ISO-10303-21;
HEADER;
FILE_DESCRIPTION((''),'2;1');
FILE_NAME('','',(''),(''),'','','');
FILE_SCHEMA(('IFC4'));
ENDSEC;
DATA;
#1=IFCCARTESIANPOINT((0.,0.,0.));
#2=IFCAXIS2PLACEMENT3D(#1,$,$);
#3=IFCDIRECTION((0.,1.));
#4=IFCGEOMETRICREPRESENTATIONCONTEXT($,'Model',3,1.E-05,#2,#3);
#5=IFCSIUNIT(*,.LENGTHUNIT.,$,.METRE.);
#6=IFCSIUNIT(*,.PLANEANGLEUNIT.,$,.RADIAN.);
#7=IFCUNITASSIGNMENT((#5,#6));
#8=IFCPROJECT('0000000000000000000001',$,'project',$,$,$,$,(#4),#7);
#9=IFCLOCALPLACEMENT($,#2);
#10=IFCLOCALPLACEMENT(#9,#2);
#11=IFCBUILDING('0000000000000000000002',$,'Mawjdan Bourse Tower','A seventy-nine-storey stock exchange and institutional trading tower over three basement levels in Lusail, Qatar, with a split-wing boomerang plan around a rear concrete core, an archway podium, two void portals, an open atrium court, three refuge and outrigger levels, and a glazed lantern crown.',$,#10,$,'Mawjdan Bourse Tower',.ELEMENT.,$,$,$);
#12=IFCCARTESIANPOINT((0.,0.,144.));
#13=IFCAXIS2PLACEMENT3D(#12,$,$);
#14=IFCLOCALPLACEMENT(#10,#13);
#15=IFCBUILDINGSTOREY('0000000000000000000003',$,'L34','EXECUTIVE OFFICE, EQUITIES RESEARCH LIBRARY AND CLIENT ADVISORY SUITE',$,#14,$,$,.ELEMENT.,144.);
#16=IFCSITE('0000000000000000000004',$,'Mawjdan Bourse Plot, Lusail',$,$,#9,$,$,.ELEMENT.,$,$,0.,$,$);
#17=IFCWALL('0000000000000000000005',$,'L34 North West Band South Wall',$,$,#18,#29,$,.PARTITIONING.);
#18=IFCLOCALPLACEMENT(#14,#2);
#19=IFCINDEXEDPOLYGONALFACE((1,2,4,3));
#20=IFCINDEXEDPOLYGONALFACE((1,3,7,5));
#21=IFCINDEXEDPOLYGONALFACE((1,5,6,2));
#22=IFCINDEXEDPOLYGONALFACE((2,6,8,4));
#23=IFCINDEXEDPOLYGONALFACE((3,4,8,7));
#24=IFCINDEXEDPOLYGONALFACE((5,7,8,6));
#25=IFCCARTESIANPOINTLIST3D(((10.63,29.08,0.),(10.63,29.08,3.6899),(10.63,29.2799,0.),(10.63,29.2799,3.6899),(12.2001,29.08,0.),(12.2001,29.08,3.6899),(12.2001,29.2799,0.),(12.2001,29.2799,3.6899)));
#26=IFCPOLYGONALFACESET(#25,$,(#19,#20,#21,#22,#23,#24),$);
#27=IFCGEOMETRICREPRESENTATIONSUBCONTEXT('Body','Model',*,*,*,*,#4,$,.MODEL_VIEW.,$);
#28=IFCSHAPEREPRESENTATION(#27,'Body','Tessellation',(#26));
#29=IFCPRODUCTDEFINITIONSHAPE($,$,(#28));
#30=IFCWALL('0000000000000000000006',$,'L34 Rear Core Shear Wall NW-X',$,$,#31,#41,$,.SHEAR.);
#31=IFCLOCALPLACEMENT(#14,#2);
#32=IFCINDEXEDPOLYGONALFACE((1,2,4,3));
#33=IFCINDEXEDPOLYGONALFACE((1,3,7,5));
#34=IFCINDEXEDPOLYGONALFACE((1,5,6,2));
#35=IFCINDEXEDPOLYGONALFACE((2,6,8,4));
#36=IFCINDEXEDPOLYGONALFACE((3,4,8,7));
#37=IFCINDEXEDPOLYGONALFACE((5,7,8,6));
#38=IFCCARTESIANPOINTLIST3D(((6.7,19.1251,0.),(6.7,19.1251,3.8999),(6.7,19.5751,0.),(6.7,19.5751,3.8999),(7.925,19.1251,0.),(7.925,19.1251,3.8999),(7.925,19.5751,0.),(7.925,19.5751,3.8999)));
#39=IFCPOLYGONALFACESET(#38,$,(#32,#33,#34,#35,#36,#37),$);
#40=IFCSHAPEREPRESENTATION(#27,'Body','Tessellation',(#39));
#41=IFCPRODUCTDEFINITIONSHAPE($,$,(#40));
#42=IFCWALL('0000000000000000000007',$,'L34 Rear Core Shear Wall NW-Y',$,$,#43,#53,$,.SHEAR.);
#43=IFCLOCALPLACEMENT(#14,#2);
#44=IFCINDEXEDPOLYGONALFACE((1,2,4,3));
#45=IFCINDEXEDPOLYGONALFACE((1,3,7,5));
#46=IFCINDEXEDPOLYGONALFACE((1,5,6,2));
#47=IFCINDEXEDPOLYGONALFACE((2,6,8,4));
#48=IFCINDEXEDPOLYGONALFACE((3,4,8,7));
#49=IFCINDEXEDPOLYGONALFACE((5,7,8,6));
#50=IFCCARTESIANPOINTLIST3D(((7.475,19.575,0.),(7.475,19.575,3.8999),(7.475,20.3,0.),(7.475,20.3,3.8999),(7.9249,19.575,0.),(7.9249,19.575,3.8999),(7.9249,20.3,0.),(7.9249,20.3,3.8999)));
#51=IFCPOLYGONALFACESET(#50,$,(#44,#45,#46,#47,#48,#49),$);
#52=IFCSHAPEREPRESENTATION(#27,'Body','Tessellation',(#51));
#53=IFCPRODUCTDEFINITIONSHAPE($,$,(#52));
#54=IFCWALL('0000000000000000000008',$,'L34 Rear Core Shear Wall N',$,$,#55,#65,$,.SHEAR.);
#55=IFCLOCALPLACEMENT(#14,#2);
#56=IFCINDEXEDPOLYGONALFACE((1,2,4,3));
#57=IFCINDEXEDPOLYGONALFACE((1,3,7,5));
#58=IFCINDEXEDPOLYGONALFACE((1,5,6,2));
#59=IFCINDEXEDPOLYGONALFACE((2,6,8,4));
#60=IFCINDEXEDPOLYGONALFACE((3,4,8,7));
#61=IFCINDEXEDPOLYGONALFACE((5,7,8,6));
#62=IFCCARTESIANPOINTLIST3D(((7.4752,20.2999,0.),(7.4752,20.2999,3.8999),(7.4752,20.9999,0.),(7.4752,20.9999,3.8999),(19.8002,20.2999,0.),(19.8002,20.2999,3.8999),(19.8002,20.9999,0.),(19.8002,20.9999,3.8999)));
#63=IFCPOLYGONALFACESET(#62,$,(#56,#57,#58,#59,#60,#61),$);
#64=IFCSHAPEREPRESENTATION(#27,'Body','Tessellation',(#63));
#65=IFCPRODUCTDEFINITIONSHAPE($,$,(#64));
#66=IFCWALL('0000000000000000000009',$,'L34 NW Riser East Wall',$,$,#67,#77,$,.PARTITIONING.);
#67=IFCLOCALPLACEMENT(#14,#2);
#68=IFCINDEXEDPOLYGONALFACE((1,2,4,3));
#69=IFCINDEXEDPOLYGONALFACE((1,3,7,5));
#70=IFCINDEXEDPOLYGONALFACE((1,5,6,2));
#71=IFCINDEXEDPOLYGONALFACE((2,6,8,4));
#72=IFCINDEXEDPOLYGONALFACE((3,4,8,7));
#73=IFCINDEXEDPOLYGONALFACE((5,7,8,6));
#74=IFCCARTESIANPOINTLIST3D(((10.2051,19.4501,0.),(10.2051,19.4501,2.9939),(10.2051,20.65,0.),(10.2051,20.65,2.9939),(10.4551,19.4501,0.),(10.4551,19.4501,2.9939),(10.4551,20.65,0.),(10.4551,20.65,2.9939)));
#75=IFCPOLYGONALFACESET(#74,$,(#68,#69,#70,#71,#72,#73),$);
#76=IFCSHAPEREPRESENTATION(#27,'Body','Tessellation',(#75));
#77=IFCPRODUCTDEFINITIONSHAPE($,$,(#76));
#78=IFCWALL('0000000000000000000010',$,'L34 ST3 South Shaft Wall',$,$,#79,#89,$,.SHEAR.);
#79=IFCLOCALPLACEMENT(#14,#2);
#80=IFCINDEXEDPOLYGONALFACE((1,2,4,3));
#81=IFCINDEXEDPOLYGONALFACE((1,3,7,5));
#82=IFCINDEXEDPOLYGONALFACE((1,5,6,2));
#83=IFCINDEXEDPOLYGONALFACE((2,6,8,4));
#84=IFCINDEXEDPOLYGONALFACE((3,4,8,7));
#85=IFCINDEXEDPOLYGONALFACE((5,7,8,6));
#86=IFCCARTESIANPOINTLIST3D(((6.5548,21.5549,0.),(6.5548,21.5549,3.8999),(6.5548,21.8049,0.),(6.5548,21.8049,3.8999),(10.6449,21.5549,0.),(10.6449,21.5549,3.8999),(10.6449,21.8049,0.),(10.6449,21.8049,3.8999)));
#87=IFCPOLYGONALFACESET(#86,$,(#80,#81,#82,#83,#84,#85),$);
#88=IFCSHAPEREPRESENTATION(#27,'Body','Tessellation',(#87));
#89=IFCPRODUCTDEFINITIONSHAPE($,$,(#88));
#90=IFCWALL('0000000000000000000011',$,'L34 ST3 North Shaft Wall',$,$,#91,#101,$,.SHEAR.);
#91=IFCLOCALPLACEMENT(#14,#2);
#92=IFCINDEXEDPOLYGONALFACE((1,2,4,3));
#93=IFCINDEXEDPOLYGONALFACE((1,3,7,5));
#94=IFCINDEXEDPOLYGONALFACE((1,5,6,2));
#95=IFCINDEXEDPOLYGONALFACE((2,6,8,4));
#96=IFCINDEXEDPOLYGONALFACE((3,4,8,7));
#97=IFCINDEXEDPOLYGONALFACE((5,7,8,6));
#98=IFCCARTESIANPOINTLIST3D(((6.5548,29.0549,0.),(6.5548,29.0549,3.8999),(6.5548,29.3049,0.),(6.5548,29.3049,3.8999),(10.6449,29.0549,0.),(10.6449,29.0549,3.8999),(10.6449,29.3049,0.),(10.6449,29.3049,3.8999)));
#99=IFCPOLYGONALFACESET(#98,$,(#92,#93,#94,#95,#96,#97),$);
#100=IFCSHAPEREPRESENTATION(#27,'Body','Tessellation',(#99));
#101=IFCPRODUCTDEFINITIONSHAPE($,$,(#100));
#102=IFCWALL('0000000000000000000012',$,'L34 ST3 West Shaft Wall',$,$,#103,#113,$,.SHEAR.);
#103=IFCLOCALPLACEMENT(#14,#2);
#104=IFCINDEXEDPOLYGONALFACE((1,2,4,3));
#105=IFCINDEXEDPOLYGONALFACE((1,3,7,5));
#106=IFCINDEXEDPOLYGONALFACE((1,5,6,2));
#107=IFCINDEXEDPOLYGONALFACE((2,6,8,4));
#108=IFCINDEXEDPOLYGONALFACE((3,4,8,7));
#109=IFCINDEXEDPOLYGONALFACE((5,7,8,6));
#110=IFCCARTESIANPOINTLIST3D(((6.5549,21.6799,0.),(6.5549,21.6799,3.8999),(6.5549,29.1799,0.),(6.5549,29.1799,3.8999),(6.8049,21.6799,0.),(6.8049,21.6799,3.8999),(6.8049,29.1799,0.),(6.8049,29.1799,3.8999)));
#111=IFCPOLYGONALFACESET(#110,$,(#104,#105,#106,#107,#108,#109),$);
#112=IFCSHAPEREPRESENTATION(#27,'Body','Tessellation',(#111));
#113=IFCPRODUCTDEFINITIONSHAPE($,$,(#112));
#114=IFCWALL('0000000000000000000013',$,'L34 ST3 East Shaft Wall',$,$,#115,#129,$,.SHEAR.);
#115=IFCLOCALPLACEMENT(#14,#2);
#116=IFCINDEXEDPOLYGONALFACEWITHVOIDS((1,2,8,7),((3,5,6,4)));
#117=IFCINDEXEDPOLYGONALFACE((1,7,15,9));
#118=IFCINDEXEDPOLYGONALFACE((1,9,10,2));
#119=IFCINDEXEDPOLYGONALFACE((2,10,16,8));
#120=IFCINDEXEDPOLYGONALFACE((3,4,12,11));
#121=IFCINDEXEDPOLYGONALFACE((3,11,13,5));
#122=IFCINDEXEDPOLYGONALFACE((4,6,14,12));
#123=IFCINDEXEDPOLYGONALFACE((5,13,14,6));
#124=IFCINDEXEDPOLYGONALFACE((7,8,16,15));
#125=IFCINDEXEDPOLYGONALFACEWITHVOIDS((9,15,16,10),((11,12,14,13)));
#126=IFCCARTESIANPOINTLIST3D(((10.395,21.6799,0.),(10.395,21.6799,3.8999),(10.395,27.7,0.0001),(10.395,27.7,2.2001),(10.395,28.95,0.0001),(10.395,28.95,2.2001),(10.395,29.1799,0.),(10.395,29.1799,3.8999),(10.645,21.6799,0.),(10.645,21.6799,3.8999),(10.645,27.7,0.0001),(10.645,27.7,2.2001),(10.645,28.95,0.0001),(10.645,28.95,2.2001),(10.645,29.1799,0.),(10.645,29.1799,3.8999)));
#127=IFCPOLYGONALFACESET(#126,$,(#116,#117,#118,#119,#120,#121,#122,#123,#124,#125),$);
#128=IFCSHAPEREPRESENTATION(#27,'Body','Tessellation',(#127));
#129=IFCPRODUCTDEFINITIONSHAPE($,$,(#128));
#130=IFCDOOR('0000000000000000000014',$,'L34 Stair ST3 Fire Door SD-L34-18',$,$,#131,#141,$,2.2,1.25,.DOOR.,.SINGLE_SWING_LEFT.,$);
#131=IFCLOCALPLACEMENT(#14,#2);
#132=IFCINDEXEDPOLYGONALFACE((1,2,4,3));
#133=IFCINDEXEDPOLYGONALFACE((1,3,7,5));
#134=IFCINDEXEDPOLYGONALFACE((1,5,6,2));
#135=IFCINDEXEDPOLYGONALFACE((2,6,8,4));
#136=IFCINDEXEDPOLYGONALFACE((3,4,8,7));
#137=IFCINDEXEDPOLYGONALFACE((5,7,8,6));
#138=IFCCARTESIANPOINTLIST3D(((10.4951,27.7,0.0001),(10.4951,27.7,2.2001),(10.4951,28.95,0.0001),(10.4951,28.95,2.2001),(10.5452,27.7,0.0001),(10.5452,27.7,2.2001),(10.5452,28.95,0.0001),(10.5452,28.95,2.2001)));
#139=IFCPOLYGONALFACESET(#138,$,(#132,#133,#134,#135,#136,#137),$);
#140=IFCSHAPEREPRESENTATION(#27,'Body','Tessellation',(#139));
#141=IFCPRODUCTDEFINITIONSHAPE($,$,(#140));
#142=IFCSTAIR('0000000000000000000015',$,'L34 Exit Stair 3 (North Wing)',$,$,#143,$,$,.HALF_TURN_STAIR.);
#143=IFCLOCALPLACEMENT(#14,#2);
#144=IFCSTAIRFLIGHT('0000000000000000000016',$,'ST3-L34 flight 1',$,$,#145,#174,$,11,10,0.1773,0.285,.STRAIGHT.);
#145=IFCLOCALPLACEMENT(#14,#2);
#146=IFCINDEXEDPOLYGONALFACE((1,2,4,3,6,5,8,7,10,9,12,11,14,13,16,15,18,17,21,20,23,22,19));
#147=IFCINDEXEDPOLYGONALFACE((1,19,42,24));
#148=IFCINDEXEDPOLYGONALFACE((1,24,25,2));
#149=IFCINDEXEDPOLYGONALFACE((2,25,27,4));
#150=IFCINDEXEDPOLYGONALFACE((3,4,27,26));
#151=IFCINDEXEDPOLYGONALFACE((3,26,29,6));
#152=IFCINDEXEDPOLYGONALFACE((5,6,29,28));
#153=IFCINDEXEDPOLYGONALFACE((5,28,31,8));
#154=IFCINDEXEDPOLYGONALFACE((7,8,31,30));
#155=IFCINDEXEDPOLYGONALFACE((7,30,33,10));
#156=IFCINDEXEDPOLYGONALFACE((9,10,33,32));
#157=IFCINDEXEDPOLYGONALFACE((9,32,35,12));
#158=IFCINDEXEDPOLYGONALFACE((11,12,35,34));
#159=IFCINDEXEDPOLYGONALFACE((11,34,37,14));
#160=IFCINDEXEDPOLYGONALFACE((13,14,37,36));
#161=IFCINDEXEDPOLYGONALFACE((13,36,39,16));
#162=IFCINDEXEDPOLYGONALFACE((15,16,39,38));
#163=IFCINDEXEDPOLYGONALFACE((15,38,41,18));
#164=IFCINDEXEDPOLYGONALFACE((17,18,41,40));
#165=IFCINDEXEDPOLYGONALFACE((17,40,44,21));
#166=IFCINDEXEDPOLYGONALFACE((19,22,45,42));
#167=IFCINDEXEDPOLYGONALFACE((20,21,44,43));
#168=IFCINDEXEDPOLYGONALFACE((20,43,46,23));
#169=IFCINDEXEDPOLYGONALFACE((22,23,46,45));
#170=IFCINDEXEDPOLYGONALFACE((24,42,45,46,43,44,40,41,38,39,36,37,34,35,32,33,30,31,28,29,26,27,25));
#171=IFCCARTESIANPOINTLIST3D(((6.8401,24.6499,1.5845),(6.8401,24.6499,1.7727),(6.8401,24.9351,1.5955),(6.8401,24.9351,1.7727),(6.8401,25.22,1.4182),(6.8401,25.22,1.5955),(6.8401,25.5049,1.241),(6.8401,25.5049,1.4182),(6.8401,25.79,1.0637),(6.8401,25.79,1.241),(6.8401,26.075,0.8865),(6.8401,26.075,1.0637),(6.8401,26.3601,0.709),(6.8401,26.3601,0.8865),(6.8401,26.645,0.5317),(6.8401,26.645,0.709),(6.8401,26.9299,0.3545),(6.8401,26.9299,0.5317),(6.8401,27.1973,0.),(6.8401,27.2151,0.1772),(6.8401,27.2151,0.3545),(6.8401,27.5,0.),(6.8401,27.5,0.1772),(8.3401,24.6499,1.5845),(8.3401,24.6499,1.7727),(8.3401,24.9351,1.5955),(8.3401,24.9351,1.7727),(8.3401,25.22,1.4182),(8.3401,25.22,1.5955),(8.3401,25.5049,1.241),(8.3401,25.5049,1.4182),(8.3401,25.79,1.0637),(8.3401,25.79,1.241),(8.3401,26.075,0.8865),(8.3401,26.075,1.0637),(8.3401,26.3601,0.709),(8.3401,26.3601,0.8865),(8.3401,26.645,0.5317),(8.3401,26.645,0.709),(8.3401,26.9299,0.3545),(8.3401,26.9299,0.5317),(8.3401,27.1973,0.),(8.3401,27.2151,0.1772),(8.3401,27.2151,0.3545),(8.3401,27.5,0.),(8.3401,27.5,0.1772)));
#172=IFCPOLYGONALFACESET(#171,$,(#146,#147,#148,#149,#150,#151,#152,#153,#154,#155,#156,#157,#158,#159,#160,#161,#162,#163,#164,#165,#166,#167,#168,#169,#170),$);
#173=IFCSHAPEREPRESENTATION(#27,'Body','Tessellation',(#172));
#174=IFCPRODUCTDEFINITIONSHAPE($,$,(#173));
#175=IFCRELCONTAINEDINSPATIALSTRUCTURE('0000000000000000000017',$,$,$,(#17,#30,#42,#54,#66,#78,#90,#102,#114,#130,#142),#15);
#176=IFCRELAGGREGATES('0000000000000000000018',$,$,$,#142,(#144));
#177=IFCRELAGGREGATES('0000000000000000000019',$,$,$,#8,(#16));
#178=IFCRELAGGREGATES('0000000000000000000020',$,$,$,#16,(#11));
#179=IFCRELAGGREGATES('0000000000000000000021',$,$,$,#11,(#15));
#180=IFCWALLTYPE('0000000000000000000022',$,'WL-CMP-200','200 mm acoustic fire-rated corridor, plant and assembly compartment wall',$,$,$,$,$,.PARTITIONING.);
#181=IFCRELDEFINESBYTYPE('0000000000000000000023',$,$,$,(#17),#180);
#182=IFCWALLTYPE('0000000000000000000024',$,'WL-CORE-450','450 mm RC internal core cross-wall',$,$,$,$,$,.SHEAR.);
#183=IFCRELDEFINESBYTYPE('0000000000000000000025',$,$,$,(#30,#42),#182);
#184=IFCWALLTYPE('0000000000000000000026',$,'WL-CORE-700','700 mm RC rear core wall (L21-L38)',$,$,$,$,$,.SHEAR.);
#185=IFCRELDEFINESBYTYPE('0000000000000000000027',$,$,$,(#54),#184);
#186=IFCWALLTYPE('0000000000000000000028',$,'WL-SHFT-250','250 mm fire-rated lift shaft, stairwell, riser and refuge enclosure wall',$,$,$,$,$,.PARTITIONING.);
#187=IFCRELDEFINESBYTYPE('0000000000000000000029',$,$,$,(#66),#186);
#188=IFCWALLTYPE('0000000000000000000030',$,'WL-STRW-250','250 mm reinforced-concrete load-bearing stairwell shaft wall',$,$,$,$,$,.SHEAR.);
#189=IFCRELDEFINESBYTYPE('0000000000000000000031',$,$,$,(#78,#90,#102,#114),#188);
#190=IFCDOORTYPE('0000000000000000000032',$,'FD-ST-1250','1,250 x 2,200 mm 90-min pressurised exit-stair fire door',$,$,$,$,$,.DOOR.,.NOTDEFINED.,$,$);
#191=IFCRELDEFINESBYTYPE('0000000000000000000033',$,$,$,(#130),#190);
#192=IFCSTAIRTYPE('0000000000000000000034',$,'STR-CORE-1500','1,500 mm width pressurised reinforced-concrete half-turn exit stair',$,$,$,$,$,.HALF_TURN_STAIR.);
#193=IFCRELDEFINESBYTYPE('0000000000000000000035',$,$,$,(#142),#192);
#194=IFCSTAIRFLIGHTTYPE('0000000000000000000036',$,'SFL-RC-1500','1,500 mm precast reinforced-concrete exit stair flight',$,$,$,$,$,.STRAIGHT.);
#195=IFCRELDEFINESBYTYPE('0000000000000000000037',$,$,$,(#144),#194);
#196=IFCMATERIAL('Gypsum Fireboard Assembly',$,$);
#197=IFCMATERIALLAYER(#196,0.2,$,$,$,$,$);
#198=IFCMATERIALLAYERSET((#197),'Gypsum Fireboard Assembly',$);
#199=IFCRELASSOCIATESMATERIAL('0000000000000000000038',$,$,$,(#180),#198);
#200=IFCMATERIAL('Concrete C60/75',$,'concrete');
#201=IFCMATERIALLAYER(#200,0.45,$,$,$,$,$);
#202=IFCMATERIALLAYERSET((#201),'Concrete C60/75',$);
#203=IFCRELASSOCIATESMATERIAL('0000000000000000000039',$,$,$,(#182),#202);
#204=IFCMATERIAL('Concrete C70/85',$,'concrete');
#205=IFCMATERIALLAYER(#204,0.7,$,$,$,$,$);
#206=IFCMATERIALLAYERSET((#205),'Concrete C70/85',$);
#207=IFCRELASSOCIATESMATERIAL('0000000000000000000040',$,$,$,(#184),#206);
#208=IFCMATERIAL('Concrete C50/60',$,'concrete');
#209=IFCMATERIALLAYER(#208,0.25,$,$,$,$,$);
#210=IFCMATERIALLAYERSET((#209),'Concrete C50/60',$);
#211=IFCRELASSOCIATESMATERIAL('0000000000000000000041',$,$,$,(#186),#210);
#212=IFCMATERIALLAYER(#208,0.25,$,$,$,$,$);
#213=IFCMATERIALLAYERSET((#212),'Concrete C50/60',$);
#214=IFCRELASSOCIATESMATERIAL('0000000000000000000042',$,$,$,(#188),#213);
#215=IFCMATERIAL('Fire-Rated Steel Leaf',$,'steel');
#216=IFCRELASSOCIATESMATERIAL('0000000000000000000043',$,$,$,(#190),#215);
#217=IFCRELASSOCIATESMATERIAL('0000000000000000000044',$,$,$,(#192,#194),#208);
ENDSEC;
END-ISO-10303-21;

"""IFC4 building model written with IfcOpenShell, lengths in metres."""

from ifc_helpers import new_model, si_unit, direction, frame, frame_2d, origin, place, context, subcontext, project, spatial, polyline, rectangle, outline, extrude, material, layer, layer_set, type_object, element, fill, aggregate, save


model = new_model("IFC4")

# Units and contexts
model_context = context("Model", 3, precision=1e-05, world=origin(), true_north=direction((0.0, 1.0)))
body_context = subcontext(model_context, "Body", "Model", "MODEL_VIEW")
ifc_project = project(units=[si_unit("LENGTHUNIT", "METRE"), si_unit("PLANEANGLEUNIT", "RADIAN")], contexts=[model_context])

# Site, building, storey
site_placement = place(None, origin())
site = spatial("IfcSite", under=ifc_project, at=site_placement, Name="Mawjdan Bourse Plot, Lusail", CompositionType="ELEMENT", RefElevation=0.0)
building_placement = place(site_placement, origin())
building = spatial("IfcBuilding", under=site, at=building_placement, Name="Mawjdan Bourse Tower", Description="A seventy-nine-storey stock exchange and institutional trading tower over three basement levels in Lusail, Qatar, with a split-wing boomerang plan around a rear concrete core, an archway podium, two void portals, an open atrium court, three refuge and outrigger levels, and a glazed lantern crown.", LongName="Mawjdan Bourse Tower", CompositionType="ELEMENT")
storey_placement = place(building_placement, frame((0.0, 0.0, 144.0)))
storey = spatial("IfcBuildingStorey", under=building, at=storey_placement, Name="L34", Description="EXECUTIVE OFFICE, EQUITIES RESEARCH LIBRARY AND CLIENT ADVISORY SUITE", CompositionType="ELEMENT", Elevation=144.0)

# Shared definitions
ifc_material_1 = material(Name="Concrete C70/85", Category="concrete")

# Shared definitions
ifc_material_2 = material(Name="Gypsum Fireboard Assembly")
ifc_layer_1 = layer(ifc_material_2, 0.2)
ifc_layer_set_1 = layer_set([ifc_layer_1], Name="Gypsum Fireboard Assembly")
wall_type_1 = type_object("IfcWallType", Name="WL-CMP-200", Description="200 mm acoustic fire-rated corridor, plant and assembly compartment wall", PredefinedType="PARTITIONING", material=ifc_layer_set_1)

# Walls
wall_1_placement = place(storey_placement, frame((10.6299, 29.1799, 0.0), z_axis=(0.0, 0.0, 1.0), x_axis=(1.0, 0.0, 0.0)))
element("IfcWall", 1, at=wall_1_placement, inside=storey, type_object=wall_type_1, Name="L34 North West Band South Wall", PredefinedType="PARTITIONING", context=body_context, shape_type="SweptSolid", body=[
    extrude(rectangle(XDim=1.5701, YDim=0.2, at=frame_2d((0.7852, 0.0))), origin(), (0.0, 0.0, 1.0), 3.6899),
])
ifc_material_3 = material(Name="Concrete C60/75", Category="concrete")
ifc_layer_2 = layer(ifc_material_3, 0.45)
ifc_layer_set_2 = layer_set([ifc_layer_2], Name="Concrete C60/75")
wall_type_2 = type_object("IfcWallType", Name="WL-CORE-450", Description="450 mm RC internal core cross-wall", PredefinedType="SHEAR", material=ifc_layer_set_2)
wall_2_placement = place(storey_placement, frame((6.7, 19.3501, 0.0), z_axis=(0.0, 0.0, 1.0), x_axis=(1.0, 0.0, 0.0)))
element("IfcWall", 2, at=wall_2_placement, inside=storey, type_object=wall_type_2, Name="L34 Rear Core Shear Wall NW-X", PredefinedType="SHEAR", context=body_context, shape_type="SweptSolid", body=[
    extrude(rectangle(XDim=1.2251, YDim=0.45, at=frame_2d((0.6125, 0.0))), origin(), (0.0, 0.0, 1.0), 3.8999),
])
wall_3_placement = place(storey_placement, frame((7.7, 19.575, 0.0), z_axis=(0.0, 0.0, 1.0), x_axis=(0.0, 1.0, 0.0)))
element("IfcWall", 3, at=wall_3_placement, inside=storey, type_object=wall_type_2, Name="L34 Rear Core Shear Wall NW-Y", PredefinedType="SHEAR", context=body_context, shape_type="SweptSolid", body=[
    extrude(rectangle(XDim=0.7251, YDim=0.45, at=frame_2d((0.3625, 0.0))), origin(), (0.0, 0.0, 1.0), 3.8999),
])
ifc_layer_3 = layer(ifc_material_1, 0.7)
ifc_layer_set_3 = layer_set([ifc_layer_3], Name="Concrete C70/85")
wall_type_3 = type_object("IfcWallType", Name="WL-CORE-700", Description="700 mm RC rear core wall (L21-L38)", PredefinedType="SHEAR", material=ifc_layer_set_3)
wall_4_placement = place(storey_placement, frame((7.4751, 20.6499, 0.0), z_axis=(0.0, 0.0, 1.0), x_axis=(1.0, 0.0, 0.0)))
element("IfcWall", 4, at=wall_4_placement, inside=storey, type_object=wall_type_3, Name="L34 Rear Core Shear Wall N", PredefinedType="SHEAR", context=body_context, shape_type="SweptSolid", body=[
    extrude(rectangle(XDim=12.325, YDim=0.7, at=frame_2d((6.1626, 0.0))), origin(), (0.0, 0.0, 1.0), 3.8999),
])
ifc_material_4 = material(Name="Concrete C50/60", Category="concrete")
ifc_layer_4 = layer(ifc_material_4, 0.25)
ifc_layer_set_4 = layer_set([ifc_layer_4], Name="Concrete C50/60")
wall_type_4 = type_object("IfcWallType", Name="WL-SHFT-250", Description="250 mm fire-rated lift shaft, stairwell, riser and refuge enclosure wall", PredefinedType="PARTITIONING", material=ifc_layer_set_4)
wall_5_placement = place(storey_placement, frame((10.3301, 19.45, 0.0), z_axis=(0.0, 0.0, 1.0), x_axis=(0.0, 1.0, 0.0)))
element("IfcWall", 5, at=wall_5_placement, inside=storey, type_object=wall_type_4, Name="L34 NW Riser East Wall", PredefinedType="PARTITIONING", context=body_context, shape_type="SweptSolid", body=[
    extrude(rectangle(XDim=1.2, YDim=0.25, at=frame_2d((0.6001, 0.0))), origin(), (0.0, 0.0, 1.0), 2.9939),
])
ifc_layer_5 = layer(ifc_material_4, 0.25)
ifc_layer_set_5 = layer_set([ifc_layer_5], Name="Concrete C50/60")
wall_type_5 = type_object("IfcWallType", Name="WL-STRW-250", Description="250 mm reinforced-concrete load-bearing stairwell shaft wall", PredefinedType="SHEAR", material=ifc_layer_set_5)
for number, where, z_axis, x_axis, name in (
    (6, (6.5549, 21.6799, 0.0), (0.0, 0.0, 1.0), (1.0, 0.0, 0.0), "L34 ST3 South Shaft Wall"),
    (7, (6.5549, 29.1799, 0.0), (0.0, 0.0, 1.0), (1.0, 0.0, 0.0), "L34 ST3 North Shaft Wall"),
):
    element("IfcWall", number, at=place(storey_placement, frame(where, z_axis=z_axis, x_axis=x_axis)), inside=storey, type_object=wall_type_5, Name=name, PredefinedType="SHEAR", context=body_context, shape_type="SweptSolid", body=[
        extrude(rectangle(XDim=4.0901, YDim=0.25, at=frame_2d((2.0449, 0.0))), origin(), (0.0, 0.0, 1.0), 3.8999),
    ])
wall_6_placement = place(storey_placement, frame((6.6799, 21.6799, 0.0), z_axis=(0.0, 0.0, 1.0), x_axis=(0.0, 1.0, 0.0)))
element("IfcWall", 8, at=wall_6_placement, inside=storey, type_object=wall_type_5, Name="L34 ST3 West Shaft Wall", PredefinedType="SHEAR", context=body_context, shape_type="SweptSolid", body=[
    extrude(rectangle(XDim=7.5, YDim=0.25, at=frame_2d((3.75, 0.0))), origin(), (0.0, 0.0, 1.0), 3.8999),
])

# Wall, opening, door
wall_7_placement = place(storey_placement, frame((10.52, 21.6799, 0.0), z_axis=(0.0, 0.0, 1.0), x_axis=(0.0, 1.0, 0.0)))
wall_7 = element("IfcWall", 9, at=wall_7_placement, inside=storey, type_object=wall_type_5, Name="L34 ST3 East Shaft Wall", PredefinedType="SHEAR", context=body_context, shape_type="SweptSolid", body=[
    extrude(rectangle(XDim=7.5, YDim=0.25, at=frame_2d((3.75, 0.0))), origin(), (0.0, 0.0, 1.0), 3.8999),
])
opening_1_placement = place(wall_7_placement, frame((6.02, 0.0, 0.0)))
opening_1 = element("IfcOpeningElement", 10, at=opening_1_placement, cuts=wall_7, PredefinedType="OPENING", context=body_context, shape_type="SweptSolid", body=[
    extrude(rectangle(XDim=1.25, YDim=2.2, at=frame_2d((0.625, 1.1001))), frame((0.0, 0.135, 0.0), z_axis=(0.0, -1.0, 0.0), x_axis=(1.0, 0.0, 0.0)), (0.0, 0.0, 1.0), 0.27),
])
ifc_material_5 = material(Name="Fire-Rated Steel Leaf", Category="steel")
door_type_1 = type_object("IfcDoorType", Name="FD-ST-1250", Description="1,250 x 2,200 mm 90-min pressurised exit-stair fire door", OperationType="NOTDEFINED", PredefinedType="DOOR", material=ifc_material_5)
door_1_placement = place(opening_1_placement, origin())
door_1 = element("IfcDoor", 11, at=door_1_placement, inside=storey, type_object=door_type_1, Name="L34 Stair ST3 Fire Door SD-L34-18", OperationType="SINGLE_SWING_LEFT", OverallHeight=2.2, OverallWidth=1.25, PredefinedType="DOOR", context=body_context, shape_type="SweptSolid", body=[
    extrude(rectangle(XDim=1.25, YDim=2.2, at=frame_2d((0.625, 1.1001))), frame((0.0, 0.0249, 0.0), z_axis=(0.0, -1.0, 0.0), x_axis=(1.0, 0.0, 0.0)), (0.0, 0.0, 1.0), 0.05),
])
fill(opening_1, door_1)

# Stair, stair flight
stair_type = type_object("IfcStairType", Name="STR-CORE-1500", Description="1,500 mm width pressurised reinforced-concrete half-turn exit stair", PredefinedType="HALF_TURN_STAIR", material=ifc_material_4)
stair_placement = place(storey_placement, origin())
stair = element("IfcStair", 12, at=stair_placement, inside=storey, type_object=stair_type, Name="L34 Exit Stair 3 (North Wing)", PredefinedType="HALF_TURN_STAIR")
stair_flight_type = type_object("IfcStairFlightType", Name="SFL-RC-1500", Description="1,500 mm precast reinforced-concrete exit stair flight", PredefinedType="STRAIGHT", material=ifc_material_4)
stair_flight_1_placement = place(storey_placement, frame((7.5901, 27.5, 0.0), z_axis=(0.0, 0.0, 1.0), x_axis=(0.0, -1.0, 0.0)))
stair_flight_1 = element("IfcStairFlight", 13, at=stair_flight_1_placement, type_object=stair_flight_type, Name="ST3-L34 flight 1", NumberOfRisers=11, NumberOfTreads=10, PredefinedType="STRAIGHT", RiserHeight=0.1773, TreadLength=0.285, context=body_context, shape_type="SweptSolid", body=[
    extrude(outline(polyline([(0.0, 0.0), (0.0, 0.1772), (0.2849, 0.1772), (0.2849, 0.3545), (0.5701, 0.3545), (0.5701, 0.5317), (0.855, 0.5317), (0.855, 0.709), (1.1399, 0.709), (1.1399, 0.8865), (1.425, 0.8865), (1.425, 1.0637), (1.71, 1.0637), (1.71, 1.241), (1.9951, 1.241), (1.9951, 1.4182), (2.28, 1.4182), (2.28, 1.5955), (2.5649, 1.5955), (2.5649, 1.7727), (2.8501, 1.7727), (2.8501, 1.95), (2.8501, 1.5845), (0.3027, 0.0), (0.0, 0.0)])), frame((0.0, 0.75, 0.0), z_axis=(0.0, -1.0, 0.0), x_axis=(1.0, 0.0, 0.0)), (0.0, 0.0, 1.0), 1.5),
])
aggregate(stair, [stair_flight_1])

save(model, "model.ifc")
